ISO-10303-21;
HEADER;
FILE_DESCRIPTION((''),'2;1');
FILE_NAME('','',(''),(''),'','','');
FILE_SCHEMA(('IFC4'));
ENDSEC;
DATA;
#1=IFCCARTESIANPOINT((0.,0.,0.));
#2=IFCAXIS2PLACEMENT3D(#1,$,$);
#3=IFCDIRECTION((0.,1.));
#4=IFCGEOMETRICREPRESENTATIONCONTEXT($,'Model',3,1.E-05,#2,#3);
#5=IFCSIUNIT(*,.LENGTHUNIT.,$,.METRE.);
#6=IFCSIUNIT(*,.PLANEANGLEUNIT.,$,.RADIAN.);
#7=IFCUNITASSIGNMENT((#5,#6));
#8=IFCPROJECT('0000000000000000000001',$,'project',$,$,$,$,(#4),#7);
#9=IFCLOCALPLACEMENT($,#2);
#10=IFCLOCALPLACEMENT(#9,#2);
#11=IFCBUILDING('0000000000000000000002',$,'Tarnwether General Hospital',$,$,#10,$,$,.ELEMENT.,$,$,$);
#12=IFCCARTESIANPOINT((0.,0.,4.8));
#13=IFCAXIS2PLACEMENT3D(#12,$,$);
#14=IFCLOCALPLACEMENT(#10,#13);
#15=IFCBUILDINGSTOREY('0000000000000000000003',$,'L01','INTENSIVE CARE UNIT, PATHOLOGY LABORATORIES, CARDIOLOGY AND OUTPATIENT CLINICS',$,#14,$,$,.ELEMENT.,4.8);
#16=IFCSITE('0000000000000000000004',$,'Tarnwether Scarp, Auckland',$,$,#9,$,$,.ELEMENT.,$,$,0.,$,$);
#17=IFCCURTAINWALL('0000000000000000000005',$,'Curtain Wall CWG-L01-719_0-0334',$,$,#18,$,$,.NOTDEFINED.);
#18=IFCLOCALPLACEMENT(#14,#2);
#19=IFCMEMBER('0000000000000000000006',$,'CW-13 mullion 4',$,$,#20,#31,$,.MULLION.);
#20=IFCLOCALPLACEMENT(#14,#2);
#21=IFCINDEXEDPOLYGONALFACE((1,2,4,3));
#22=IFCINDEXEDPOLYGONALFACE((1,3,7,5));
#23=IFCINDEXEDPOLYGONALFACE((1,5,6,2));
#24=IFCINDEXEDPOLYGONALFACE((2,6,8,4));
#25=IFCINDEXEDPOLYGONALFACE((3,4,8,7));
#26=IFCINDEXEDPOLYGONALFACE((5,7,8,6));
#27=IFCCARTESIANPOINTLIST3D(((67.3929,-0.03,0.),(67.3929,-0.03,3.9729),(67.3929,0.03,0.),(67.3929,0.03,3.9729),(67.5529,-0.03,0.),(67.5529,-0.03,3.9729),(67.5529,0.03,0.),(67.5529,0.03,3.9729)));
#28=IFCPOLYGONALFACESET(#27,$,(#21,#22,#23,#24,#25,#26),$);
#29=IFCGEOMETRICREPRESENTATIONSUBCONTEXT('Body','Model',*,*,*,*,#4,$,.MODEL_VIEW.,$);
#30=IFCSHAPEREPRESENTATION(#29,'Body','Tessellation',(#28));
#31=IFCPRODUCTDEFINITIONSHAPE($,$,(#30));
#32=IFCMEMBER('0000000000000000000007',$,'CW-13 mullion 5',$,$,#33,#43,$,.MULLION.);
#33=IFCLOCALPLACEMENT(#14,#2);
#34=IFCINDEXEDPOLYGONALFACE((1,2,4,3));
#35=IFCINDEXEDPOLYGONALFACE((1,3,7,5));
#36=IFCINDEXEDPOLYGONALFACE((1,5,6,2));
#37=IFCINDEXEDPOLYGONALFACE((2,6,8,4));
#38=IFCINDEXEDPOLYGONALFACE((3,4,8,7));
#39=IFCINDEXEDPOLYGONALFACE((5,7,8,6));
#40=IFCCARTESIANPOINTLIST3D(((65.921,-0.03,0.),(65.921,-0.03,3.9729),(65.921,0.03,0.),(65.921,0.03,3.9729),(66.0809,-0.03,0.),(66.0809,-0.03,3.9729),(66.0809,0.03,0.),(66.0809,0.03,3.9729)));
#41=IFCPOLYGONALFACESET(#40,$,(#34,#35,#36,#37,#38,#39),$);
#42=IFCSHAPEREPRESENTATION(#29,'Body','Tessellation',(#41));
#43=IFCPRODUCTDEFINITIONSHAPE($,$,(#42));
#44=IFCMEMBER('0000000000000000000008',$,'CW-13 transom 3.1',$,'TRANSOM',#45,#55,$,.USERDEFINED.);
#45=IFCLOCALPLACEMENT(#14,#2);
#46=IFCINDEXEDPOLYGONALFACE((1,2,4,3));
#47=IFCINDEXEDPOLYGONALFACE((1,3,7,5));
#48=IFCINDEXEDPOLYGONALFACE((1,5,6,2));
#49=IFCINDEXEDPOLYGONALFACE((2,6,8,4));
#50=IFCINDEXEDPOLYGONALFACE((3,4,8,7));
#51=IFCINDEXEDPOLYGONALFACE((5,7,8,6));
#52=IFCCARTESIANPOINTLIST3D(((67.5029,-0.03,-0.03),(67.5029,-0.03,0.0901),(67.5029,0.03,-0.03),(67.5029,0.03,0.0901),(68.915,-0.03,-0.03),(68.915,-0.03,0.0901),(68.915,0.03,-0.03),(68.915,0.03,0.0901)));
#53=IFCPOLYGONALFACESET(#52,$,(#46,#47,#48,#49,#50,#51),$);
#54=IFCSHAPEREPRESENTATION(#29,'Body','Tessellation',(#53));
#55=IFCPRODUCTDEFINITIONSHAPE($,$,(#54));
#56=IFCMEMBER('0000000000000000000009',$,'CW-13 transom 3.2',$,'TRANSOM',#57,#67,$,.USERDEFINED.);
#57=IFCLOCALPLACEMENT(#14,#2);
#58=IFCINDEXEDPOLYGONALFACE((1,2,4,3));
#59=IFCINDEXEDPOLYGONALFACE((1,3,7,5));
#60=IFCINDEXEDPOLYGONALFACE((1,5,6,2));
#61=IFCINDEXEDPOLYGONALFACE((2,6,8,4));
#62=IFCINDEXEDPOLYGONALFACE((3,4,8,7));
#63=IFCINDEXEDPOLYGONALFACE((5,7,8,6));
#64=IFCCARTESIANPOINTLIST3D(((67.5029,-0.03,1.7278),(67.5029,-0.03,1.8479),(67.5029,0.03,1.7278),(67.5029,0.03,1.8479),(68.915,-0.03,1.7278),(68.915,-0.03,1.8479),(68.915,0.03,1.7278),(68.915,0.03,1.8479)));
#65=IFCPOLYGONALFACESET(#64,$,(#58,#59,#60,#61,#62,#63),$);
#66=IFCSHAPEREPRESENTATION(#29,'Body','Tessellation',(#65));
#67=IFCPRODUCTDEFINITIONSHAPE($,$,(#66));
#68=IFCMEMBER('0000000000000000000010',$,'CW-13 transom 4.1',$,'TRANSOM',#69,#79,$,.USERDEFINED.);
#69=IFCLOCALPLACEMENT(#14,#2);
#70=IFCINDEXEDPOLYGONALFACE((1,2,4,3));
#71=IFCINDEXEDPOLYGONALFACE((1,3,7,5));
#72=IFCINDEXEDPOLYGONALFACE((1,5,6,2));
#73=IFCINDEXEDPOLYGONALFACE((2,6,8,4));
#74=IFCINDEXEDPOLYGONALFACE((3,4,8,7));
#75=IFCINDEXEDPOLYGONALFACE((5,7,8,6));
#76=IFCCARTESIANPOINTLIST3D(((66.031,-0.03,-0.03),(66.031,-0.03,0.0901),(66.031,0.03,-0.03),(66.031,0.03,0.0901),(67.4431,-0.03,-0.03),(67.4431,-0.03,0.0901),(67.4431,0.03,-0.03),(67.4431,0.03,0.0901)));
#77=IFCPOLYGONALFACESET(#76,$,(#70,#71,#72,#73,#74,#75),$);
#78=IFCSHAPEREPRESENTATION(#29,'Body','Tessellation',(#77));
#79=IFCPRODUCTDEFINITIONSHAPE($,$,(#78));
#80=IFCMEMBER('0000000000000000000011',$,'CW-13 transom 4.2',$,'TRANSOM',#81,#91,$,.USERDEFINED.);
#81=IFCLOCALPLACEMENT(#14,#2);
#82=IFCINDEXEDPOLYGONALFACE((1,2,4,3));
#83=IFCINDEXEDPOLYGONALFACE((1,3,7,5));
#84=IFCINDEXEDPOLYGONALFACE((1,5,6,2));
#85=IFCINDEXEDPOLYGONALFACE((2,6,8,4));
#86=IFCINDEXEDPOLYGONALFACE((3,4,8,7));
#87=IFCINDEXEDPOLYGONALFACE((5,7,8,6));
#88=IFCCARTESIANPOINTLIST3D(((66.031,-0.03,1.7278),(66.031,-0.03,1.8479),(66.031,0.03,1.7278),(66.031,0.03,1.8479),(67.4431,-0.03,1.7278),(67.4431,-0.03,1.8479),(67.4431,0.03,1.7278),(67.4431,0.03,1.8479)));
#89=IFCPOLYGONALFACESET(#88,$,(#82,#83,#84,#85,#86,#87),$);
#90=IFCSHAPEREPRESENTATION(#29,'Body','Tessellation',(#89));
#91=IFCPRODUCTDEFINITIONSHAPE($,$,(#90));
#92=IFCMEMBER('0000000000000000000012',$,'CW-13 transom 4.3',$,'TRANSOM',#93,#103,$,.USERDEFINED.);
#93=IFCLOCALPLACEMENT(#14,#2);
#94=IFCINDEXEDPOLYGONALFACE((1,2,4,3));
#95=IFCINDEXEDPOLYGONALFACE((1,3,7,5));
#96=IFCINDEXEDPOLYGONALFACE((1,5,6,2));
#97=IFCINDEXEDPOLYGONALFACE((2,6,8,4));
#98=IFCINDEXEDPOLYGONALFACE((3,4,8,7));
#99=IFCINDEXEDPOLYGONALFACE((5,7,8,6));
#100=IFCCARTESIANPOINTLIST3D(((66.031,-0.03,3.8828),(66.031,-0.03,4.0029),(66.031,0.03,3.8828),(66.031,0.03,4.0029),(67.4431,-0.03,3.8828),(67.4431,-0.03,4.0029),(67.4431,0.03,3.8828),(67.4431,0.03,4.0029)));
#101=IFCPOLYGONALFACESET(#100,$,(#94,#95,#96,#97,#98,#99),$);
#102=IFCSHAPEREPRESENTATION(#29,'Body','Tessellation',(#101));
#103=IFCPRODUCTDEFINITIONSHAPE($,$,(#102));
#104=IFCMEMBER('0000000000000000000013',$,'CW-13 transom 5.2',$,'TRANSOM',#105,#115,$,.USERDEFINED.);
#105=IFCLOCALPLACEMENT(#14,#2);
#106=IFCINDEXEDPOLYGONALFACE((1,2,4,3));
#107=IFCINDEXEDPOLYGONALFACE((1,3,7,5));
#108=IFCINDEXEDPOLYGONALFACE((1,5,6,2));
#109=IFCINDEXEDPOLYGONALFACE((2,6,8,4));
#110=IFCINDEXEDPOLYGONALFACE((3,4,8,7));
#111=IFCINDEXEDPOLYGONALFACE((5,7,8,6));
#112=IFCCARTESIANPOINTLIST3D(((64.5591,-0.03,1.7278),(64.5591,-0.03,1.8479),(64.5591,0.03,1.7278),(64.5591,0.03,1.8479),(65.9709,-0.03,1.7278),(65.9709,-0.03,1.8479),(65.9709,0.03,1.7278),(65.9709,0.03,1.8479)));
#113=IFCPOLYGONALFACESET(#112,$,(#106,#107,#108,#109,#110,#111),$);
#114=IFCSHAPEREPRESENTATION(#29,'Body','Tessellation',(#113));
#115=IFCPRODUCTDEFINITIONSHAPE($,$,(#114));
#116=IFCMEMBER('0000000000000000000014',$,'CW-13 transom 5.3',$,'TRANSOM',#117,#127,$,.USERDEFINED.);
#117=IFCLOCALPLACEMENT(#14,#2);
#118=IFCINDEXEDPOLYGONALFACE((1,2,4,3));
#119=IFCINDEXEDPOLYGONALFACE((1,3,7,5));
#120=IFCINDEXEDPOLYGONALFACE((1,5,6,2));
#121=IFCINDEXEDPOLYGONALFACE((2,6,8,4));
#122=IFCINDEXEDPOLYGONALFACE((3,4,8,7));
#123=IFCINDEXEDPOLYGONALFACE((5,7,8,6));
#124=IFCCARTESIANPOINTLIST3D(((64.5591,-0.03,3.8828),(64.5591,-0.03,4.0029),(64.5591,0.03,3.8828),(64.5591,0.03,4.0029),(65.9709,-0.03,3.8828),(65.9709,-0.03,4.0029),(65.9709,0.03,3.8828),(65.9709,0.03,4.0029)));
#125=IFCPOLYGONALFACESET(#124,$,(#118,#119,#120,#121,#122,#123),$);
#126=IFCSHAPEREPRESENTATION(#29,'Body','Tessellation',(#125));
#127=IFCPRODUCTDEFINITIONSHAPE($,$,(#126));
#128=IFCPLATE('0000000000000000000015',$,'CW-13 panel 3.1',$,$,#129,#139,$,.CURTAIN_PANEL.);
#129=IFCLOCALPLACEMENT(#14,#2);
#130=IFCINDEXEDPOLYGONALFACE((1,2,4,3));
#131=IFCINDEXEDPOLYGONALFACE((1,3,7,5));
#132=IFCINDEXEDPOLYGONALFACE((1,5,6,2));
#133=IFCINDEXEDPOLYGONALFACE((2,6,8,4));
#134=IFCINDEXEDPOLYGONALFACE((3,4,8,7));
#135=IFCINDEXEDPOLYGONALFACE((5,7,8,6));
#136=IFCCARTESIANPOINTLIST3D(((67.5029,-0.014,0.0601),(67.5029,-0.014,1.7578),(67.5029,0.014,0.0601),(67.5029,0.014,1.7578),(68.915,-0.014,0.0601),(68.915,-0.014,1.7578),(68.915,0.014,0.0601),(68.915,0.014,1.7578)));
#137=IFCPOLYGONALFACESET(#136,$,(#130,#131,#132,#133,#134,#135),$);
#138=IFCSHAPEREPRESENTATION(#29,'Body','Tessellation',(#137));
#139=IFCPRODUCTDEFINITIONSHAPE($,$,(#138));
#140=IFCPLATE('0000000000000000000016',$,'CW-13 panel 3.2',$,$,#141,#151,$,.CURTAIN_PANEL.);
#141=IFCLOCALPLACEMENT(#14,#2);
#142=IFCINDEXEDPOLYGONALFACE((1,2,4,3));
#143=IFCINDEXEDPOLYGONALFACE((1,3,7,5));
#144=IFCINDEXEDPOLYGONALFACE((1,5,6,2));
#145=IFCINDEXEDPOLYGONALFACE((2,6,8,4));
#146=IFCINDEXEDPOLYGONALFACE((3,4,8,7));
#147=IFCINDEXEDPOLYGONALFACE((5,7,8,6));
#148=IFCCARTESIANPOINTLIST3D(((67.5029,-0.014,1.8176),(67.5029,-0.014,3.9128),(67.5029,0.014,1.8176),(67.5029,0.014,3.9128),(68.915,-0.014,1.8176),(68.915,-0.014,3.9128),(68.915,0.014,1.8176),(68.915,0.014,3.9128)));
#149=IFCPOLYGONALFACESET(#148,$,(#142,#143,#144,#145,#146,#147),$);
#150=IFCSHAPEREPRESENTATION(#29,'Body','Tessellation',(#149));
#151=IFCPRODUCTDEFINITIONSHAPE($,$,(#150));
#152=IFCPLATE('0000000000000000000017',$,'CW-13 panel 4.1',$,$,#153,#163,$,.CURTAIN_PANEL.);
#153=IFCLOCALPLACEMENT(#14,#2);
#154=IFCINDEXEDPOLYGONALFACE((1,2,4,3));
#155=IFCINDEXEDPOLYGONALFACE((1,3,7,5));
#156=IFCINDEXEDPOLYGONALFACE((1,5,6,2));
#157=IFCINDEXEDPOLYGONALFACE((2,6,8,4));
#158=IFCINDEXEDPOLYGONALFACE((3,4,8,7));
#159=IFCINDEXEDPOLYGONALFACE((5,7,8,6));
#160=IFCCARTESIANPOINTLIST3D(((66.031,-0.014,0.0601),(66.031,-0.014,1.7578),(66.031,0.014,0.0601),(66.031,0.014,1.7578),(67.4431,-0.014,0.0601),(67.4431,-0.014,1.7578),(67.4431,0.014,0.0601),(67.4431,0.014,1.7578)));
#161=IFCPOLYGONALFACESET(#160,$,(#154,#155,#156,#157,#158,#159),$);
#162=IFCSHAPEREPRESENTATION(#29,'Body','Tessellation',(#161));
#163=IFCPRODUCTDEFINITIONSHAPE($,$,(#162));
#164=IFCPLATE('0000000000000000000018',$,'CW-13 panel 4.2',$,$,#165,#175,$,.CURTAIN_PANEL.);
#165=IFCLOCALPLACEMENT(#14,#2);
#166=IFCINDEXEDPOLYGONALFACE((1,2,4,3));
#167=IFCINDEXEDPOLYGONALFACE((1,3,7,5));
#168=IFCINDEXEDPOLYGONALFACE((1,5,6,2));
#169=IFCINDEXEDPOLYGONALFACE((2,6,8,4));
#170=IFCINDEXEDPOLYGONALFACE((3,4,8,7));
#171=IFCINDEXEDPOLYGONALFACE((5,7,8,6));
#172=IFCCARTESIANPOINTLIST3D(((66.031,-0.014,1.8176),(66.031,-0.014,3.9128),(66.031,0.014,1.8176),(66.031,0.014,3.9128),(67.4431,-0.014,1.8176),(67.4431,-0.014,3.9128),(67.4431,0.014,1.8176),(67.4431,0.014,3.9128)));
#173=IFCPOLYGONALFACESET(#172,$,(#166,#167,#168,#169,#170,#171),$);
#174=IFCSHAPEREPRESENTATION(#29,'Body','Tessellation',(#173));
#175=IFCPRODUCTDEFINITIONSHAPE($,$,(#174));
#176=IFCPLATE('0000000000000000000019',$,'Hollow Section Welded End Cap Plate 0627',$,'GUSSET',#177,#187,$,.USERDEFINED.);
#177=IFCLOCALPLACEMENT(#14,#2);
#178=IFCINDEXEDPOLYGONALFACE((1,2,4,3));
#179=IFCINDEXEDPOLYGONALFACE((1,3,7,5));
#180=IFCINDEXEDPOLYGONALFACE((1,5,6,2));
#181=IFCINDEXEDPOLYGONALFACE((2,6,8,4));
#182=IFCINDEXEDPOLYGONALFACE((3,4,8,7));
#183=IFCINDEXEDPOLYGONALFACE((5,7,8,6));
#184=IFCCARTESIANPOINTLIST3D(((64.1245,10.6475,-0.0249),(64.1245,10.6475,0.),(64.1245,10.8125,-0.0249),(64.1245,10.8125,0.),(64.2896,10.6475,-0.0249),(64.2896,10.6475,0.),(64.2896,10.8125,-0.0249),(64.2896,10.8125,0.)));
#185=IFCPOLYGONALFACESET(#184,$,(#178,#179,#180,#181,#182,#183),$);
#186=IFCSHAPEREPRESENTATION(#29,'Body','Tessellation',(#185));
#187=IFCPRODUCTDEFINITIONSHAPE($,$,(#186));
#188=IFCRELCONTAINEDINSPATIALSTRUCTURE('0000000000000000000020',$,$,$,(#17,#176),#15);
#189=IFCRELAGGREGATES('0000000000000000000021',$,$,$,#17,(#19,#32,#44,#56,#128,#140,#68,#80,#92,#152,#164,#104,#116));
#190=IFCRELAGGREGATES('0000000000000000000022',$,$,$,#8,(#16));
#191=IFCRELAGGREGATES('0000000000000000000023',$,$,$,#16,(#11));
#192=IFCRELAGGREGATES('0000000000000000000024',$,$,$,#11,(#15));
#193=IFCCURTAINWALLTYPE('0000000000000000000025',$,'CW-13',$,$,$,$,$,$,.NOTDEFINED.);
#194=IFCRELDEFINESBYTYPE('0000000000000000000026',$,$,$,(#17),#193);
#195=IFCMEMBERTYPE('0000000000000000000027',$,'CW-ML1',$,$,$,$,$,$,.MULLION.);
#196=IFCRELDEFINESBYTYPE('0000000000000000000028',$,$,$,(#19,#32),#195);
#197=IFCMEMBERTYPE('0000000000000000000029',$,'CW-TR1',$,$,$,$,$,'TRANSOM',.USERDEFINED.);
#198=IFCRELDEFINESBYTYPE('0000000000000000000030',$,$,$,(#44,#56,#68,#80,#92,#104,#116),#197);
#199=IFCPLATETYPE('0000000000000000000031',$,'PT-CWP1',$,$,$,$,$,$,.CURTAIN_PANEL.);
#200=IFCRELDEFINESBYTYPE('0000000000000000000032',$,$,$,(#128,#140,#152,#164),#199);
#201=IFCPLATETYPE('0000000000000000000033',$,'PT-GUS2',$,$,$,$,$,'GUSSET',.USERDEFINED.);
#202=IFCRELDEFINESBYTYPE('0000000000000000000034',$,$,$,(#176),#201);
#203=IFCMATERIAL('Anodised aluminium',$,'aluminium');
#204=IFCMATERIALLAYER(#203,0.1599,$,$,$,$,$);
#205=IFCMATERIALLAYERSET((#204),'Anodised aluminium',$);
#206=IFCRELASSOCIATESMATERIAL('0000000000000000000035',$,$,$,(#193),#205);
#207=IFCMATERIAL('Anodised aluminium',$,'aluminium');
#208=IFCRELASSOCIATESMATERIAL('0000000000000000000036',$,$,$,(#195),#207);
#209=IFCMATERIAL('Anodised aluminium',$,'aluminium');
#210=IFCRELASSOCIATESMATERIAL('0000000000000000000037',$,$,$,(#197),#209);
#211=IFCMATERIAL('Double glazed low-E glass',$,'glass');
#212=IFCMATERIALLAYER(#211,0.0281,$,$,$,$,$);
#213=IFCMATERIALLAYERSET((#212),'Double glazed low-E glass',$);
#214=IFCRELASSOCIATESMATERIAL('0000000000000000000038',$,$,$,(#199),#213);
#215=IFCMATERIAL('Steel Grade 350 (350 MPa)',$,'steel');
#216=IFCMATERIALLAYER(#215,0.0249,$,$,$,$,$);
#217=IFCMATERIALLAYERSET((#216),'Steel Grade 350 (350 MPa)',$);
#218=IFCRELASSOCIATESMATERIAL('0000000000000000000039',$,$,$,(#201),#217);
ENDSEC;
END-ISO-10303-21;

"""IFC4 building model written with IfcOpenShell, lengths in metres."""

from ifc_helpers import new_model, si_unit, direction, frame, origin, origin_2d, place, context, subcontext, project, spatial, rectangle, extrude, material, layer, layer_set, material_profile, profile_set, type_object, element, aggregate, save


model = new_model("IFC4")

# Units and contexts
model_context = context("Model", 3, precision=1e-05, world=origin(), true_north=direction((0.0, 1.0)))
body_context = subcontext(model_context, "Body", "Model", "MODEL_VIEW")
ifc_project = project(units=[si_unit("LENGTHUNIT", "METRE"), si_unit("PLANEANGLEUNIT", "RADIAN")], contexts=[model_context])

# Site, building, storey
site_placement = place(None, origin())
site = spatial("IfcSite", under=ifc_project, at=site_placement, Name="Tarnwether Scarp, Auckland", CompositionType="ELEMENT", RefElevation=0.0)
building_placement = place(site_placement, origin())
building = spatial("IfcBuilding", under=site, at=building_placement, Name="Tarnwether General Hospital", CompositionType="ELEMENT")
storey_placement = place(building_placement, frame((0.0, 0.0, 4.8)))
storey = spatial("IfcBuildingStorey", under=building, at=storey_placement, Name="L01", Description="INTENSIVE CARE UNIT, PATHOLOGY LABORATORIES, CARDIOLOGY AND OUTPATIENT CLINICS", CompositionType="ELEMENT", Elevation=4.8)

# Curtain wall, members, plates
ifc_material_1 = material(Name="Anodised aluminium", Category="aluminium")
ifc_layer_1 = layer(ifc_material_1, 0.1599)
ifc_layer_set_1 = layer_set([ifc_layer_1], Name="Anodised aluminium")
curtain_wall_type = type_object("IfcCurtainWallType", Name="CW-13", PredefinedType="NOTDEFINED", material=ifc_layer_set_1)
curtain_wall_placement = place(storey_placement, origin())
curtain_wall = element("IfcCurtainWall", 1, at=curtain_wall_placement, inside=storey, type_object=curtain_wall_type, Name="Curtain Wall CWG-L01-719_0-0334", PredefinedType="NOTDEFINED")
ifc_material_2 = material(Name="Anodised aluminium", Category="aluminium")
ifc_material_profile_1 = material_profile(ifc_material_2, rectangle(XDim=0.0601, YDim=0.1599, at=origin_2d()), Name="ALU-MUL-60x160")
ifc_profile_set_1 = profile_set([ifc_material_profile_1], Name="Anodised aluminium")
member_type_1 = type_object("IfcMemberType", Name="CW-ML1", PredefinedType="MULLION", material=ifc_profile_set_1)
member_1_placement = place(storey_placement, frame((67.4729, 0.0, 0.0), z_axis=(0.0, 0.0, 1.0), x_axis=(0.0, -1.0, 0.0)))
member_1 = element("IfcMember", 2, at=member_1_placement, type_object=member_type_1, Name="CW-13 mullion 4", PredefinedType="MULLION", context=body_context, shape_type="SweptSolid", body=[
    extrude(rectangle(XDim=0.0601, YDim=0.1599, at=origin_2d()), origin(), (0.0, 0.0, 1.0), 3.9729),
])
member_2_placement = place(storey_placement, frame((66.001, 0.0, 0.0), z_axis=(0.0, 0.0, 1.0), x_axis=(0.0, -1.0, 0.0)))
member_2 = element("IfcMember", 3, at=member_2_placement, type_object=member_type_1, Name="CW-13 mullion 5", PredefinedType="MULLION", context=body_context, shape_type="SweptSolid", body=[
    extrude(rectangle(XDim=0.0601, YDim=0.1599, at=origin_2d()), origin(), (0.0, 0.0, 1.0), 3.9729),
])
ifc_material_3 = material(Name="Anodised aluminium", Category="aluminium")
ifc_material_profile_2 = material_profile(ifc_material_3, rectangle(XDim=0.0601, YDim=0.1201, at=origin_2d()), Name="ALU-TRN-60x120")
ifc_profile_set_2 = profile_set([ifc_material_profile_2], Name="Anodised aluminium")
member_type_2 = type_object("IfcMemberType", Name="CW-TR1", ElementType="TRANSOM", PredefinedType="USERDEFINED", material=ifc_profile_set_2)
member_3_placement = place(storey_placement, frame((68.915, 0.0, 0.03), z_axis=(-1.0, 0.0, 0.0), x_axis=(0.0, -1.0, 0.0)))
member_3 = element("IfcMember", 4, at=member_3_placement, type_object=member_type_2, Name="CW-13 transom 3.1", ObjectType="TRANSOM", PredefinedType="USERDEFINED", context=body_context, shape_type="SweptSolid", body=[
    extrude(rectangle(XDim=0.0601, YDim=0.1201, at=origin_2d()), origin(), (0.0, 0.0, 1.0), 1.4121),
])
member_4_placement = place(storey_placement, frame((68.915, 0.0, 1.7878), z_axis=(-1.0, 0.0, 0.0), x_axis=(0.0, -1.0, 0.0)))
member_4 = element("IfcMember", 5, at=member_4_placement, type_object=member_type_2, Name="CW-13 transom 3.2", ObjectType="TRANSOM", PredefinedType="USERDEFINED", context=body_context, shape_type="SweptSolid", body=[
    extrude(rectangle(XDim=0.0601, YDim=0.1201, at=origin_2d()), origin(), (0.0, 0.0, 1.0), 1.4121),
])
member_5_placement = place(storey_placement, frame((67.4431, 0.0, 0.03), z_axis=(-1.0, 0.0, 0.0), x_axis=(0.0, -1.0, 0.0)))
member_5 = element("IfcMember", 6, at=member_5_placement, type_object=member_type_2, Name="CW-13 transom 4.1", ObjectType="TRANSOM", PredefinedType="USERDEFINED", context=body_context, shape_type="SweptSolid", body=[
    extrude(rectangle(XDim=0.0601, YDim=0.1201, at=origin_2d()), origin(), (0.0, 0.0, 1.0), 1.4121),
])
member_6_placement = place(storey_placement, frame((67.4431, 0.0, 1.7878), z_axis=(-1.0, 0.0, 0.0), x_axis=(0.0, -1.0, 0.0)))
member_6 = element("IfcMember", 7, at=member_6_placement, type_object=member_type_2, Name="CW-13 transom 4.2", ObjectType="TRANSOM", PredefinedType="USERDEFINED", context=body_context, shape_type="SweptSolid", body=[
    extrude(rectangle(XDim=0.0601, YDim=0.1201, at=origin_2d()), origin(), (0.0, 0.0, 1.0), 1.4121),
])
member_7_placement = place(storey_placement, frame((67.4431, 0.0, 3.9429), z_axis=(-1.0, 0.0, 0.0), x_axis=(0.0, -1.0, 0.0)))
member_7 = element("IfcMember", 8, at=member_7_placement, type_object=member_type_2, Name="CW-13 transom 4.3", ObjectType="TRANSOM", PredefinedType="USERDEFINED", context=body_context, shape_type="SweptSolid", body=[
    extrude(rectangle(XDim=0.0601, YDim=0.1201, at=origin_2d()), origin(), (0.0, 0.0, 1.0), 1.4121),
])
member_8_placement = place(storey_placement, frame((65.9709, 0.0, 1.7878), z_axis=(-1.0, 0.0, 0.0), x_axis=(0.0, -1.0, 0.0)))
member_8 = element("IfcMember", 9, at=member_8_placement, type_object=member_type_2, Name="CW-13 transom 5.2", ObjectType="TRANSOM", PredefinedType="USERDEFINED", context=body_context, shape_type="SweptSolid", body=[
    extrude(rectangle(XDim=0.0601, YDim=0.1201, at=origin_2d()), origin(), (0.0, 0.0, 1.0), 1.4119),
])
member_9_placement = place(storey_placement, frame((65.9709, 0.0, 3.9429), z_axis=(-1.0, 0.0, 0.0), x_axis=(0.0, -1.0, 0.0)))
member_9 = element("IfcMember", 10, at=member_9_placement, type_object=member_type_2, Name="CW-13 transom 5.3", ObjectType="TRANSOM", PredefinedType="USERDEFINED", context=body_context, shape_type="SweptSolid", body=[
    extrude(rectangle(XDim=0.0601, YDim=0.1201, at=origin_2d()), origin(), (0.0, 0.0, 1.0), 1.4119),
])
ifc_material_4 = material(Name="Double glazed low-E glass", Category="glass")
ifc_layer_2 = layer(ifc_material_4, 0.0281)
ifc_layer_set_2 = layer_set([ifc_layer_2], Name="Double glazed low-E glass")
plate_type_1 = type_object("IfcPlateType", Name="PT-CWP1", PredefinedType="CURTAIN_PANEL", material=ifc_layer_set_2)
plate_1_placement = place(storey_placement, frame((68.209, 0.0, 0.0601), z_axis=(0.0, 0.0, 1.0), x_axis=(-1.0, 0.0, 0.0)))
plate_1 = element("IfcPlate", 11, at=plate_1_placement, type_object=plate_type_1, Name="CW-13 panel 3.1", PredefinedType="CURTAIN_PANEL", context=body_context, shape_type="SweptSolid", body=[
    extrude(rectangle(XDim=1.4121, YDim=0.0281, at=origin_2d()), origin(), (0.0, 0.0, 1.0), 1.6978),
])
plate_2_placement = place(storey_placement, frame((68.209, 0.0, 1.8176), z_axis=(0.0, 0.0, 1.0), x_axis=(-1.0, 0.0, 0.0)))
plate_2 = element("IfcPlate", 12, at=plate_2_placement, type_object=plate_type_1, Name="CW-13 panel 3.2", PredefinedType="CURTAIN_PANEL", context=body_context, shape_type="SweptSolid", body=[
    extrude(rectangle(XDim=1.4121, YDim=0.0281, at=origin_2d()), origin(), (0.0, 0.0, 1.0), 2.0952),
])
plate_3_placement = place(storey_placement, frame((66.7371, 0.0, 0.0601), z_axis=(0.0, 0.0, 1.0), x_axis=(-1.0, 0.0, 0.0)))
plate_3 = element("IfcPlate", 13, at=plate_3_placement, type_object=plate_type_1, Name="CW-13 panel 4.1", PredefinedType="CURTAIN_PANEL", context=body_context, shape_type="SweptSolid", body=[
    extrude(rectangle(XDim=1.4121, YDim=0.0281, at=origin_2d()), origin(), (0.0, 0.0, 1.0), 1.6978),
])
plate_4_placement = place(storey_placement, frame((66.7371, 0.0, 1.8176), z_axis=(0.0, 0.0, 1.0), x_axis=(-1.0, 0.0, 0.0)))
plate_4 = element("IfcPlate", 14, at=plate_4_placement, type_object=plate_type_1, Name="CW-13 panel 4.2", PredefinedType="CURTAIN_PANEL", context=body_context, shape_type="SweptSolid", body=[
    extrude(rectangle(XDim=1.4121, YDim=0.0281, at=origin_2d()), origin(), (0.0, 0.0, 1.0), 2.0952),
])
aggregate(curtain_wall, [member_1, member_2, member_3, member_4, plate_1, plate_2, member_5, member_6, member_7, plate_3, plate_4, member_8, member_9])

# Plate
ifc_material_5 = material(Name="Steel Grade 350 (350 MPa)", Category="steel")
ifc_layer_3 = layer(ifc_material_5, 0.0249)
ifc_layer_set_3 = layer_set([ifc_layer_3], Name="Steel Grade 350 (350 MPa)")
plate_type_2 = type_object("IfcPlateType", Name="PT-GUS2", ElementType="GUSSET", PredefinedType="USERDEFINED", material=ifc_layer_set_3)
for number, where, z_axis, x_axis, name in (
    (15, (64.207, 10.73, -0.0249), (0.0, 0.0, 1.0), (1.0, 0.0, 0.0), "Hollow Section Welded End Cap Plate 0627"),
):
    element("IfcPlate", number, at=place(storey_placement, frame(where, z_axis=z_axis, x_axis=x_axis)), inside=storey, type_object=plate_type_2, Name=name, ObjectType="GUSSET", PredefinedType="USERDEFINED", context=body_context, shape_type="SweptSolid", body=[
        extrude(rectangle(XDim=0.165, YDim=0.165, at=origin_2d()), origin(), (0.0, 0.0, 1.0), 0.0249),
    ])

save(model, "model.ifc")
